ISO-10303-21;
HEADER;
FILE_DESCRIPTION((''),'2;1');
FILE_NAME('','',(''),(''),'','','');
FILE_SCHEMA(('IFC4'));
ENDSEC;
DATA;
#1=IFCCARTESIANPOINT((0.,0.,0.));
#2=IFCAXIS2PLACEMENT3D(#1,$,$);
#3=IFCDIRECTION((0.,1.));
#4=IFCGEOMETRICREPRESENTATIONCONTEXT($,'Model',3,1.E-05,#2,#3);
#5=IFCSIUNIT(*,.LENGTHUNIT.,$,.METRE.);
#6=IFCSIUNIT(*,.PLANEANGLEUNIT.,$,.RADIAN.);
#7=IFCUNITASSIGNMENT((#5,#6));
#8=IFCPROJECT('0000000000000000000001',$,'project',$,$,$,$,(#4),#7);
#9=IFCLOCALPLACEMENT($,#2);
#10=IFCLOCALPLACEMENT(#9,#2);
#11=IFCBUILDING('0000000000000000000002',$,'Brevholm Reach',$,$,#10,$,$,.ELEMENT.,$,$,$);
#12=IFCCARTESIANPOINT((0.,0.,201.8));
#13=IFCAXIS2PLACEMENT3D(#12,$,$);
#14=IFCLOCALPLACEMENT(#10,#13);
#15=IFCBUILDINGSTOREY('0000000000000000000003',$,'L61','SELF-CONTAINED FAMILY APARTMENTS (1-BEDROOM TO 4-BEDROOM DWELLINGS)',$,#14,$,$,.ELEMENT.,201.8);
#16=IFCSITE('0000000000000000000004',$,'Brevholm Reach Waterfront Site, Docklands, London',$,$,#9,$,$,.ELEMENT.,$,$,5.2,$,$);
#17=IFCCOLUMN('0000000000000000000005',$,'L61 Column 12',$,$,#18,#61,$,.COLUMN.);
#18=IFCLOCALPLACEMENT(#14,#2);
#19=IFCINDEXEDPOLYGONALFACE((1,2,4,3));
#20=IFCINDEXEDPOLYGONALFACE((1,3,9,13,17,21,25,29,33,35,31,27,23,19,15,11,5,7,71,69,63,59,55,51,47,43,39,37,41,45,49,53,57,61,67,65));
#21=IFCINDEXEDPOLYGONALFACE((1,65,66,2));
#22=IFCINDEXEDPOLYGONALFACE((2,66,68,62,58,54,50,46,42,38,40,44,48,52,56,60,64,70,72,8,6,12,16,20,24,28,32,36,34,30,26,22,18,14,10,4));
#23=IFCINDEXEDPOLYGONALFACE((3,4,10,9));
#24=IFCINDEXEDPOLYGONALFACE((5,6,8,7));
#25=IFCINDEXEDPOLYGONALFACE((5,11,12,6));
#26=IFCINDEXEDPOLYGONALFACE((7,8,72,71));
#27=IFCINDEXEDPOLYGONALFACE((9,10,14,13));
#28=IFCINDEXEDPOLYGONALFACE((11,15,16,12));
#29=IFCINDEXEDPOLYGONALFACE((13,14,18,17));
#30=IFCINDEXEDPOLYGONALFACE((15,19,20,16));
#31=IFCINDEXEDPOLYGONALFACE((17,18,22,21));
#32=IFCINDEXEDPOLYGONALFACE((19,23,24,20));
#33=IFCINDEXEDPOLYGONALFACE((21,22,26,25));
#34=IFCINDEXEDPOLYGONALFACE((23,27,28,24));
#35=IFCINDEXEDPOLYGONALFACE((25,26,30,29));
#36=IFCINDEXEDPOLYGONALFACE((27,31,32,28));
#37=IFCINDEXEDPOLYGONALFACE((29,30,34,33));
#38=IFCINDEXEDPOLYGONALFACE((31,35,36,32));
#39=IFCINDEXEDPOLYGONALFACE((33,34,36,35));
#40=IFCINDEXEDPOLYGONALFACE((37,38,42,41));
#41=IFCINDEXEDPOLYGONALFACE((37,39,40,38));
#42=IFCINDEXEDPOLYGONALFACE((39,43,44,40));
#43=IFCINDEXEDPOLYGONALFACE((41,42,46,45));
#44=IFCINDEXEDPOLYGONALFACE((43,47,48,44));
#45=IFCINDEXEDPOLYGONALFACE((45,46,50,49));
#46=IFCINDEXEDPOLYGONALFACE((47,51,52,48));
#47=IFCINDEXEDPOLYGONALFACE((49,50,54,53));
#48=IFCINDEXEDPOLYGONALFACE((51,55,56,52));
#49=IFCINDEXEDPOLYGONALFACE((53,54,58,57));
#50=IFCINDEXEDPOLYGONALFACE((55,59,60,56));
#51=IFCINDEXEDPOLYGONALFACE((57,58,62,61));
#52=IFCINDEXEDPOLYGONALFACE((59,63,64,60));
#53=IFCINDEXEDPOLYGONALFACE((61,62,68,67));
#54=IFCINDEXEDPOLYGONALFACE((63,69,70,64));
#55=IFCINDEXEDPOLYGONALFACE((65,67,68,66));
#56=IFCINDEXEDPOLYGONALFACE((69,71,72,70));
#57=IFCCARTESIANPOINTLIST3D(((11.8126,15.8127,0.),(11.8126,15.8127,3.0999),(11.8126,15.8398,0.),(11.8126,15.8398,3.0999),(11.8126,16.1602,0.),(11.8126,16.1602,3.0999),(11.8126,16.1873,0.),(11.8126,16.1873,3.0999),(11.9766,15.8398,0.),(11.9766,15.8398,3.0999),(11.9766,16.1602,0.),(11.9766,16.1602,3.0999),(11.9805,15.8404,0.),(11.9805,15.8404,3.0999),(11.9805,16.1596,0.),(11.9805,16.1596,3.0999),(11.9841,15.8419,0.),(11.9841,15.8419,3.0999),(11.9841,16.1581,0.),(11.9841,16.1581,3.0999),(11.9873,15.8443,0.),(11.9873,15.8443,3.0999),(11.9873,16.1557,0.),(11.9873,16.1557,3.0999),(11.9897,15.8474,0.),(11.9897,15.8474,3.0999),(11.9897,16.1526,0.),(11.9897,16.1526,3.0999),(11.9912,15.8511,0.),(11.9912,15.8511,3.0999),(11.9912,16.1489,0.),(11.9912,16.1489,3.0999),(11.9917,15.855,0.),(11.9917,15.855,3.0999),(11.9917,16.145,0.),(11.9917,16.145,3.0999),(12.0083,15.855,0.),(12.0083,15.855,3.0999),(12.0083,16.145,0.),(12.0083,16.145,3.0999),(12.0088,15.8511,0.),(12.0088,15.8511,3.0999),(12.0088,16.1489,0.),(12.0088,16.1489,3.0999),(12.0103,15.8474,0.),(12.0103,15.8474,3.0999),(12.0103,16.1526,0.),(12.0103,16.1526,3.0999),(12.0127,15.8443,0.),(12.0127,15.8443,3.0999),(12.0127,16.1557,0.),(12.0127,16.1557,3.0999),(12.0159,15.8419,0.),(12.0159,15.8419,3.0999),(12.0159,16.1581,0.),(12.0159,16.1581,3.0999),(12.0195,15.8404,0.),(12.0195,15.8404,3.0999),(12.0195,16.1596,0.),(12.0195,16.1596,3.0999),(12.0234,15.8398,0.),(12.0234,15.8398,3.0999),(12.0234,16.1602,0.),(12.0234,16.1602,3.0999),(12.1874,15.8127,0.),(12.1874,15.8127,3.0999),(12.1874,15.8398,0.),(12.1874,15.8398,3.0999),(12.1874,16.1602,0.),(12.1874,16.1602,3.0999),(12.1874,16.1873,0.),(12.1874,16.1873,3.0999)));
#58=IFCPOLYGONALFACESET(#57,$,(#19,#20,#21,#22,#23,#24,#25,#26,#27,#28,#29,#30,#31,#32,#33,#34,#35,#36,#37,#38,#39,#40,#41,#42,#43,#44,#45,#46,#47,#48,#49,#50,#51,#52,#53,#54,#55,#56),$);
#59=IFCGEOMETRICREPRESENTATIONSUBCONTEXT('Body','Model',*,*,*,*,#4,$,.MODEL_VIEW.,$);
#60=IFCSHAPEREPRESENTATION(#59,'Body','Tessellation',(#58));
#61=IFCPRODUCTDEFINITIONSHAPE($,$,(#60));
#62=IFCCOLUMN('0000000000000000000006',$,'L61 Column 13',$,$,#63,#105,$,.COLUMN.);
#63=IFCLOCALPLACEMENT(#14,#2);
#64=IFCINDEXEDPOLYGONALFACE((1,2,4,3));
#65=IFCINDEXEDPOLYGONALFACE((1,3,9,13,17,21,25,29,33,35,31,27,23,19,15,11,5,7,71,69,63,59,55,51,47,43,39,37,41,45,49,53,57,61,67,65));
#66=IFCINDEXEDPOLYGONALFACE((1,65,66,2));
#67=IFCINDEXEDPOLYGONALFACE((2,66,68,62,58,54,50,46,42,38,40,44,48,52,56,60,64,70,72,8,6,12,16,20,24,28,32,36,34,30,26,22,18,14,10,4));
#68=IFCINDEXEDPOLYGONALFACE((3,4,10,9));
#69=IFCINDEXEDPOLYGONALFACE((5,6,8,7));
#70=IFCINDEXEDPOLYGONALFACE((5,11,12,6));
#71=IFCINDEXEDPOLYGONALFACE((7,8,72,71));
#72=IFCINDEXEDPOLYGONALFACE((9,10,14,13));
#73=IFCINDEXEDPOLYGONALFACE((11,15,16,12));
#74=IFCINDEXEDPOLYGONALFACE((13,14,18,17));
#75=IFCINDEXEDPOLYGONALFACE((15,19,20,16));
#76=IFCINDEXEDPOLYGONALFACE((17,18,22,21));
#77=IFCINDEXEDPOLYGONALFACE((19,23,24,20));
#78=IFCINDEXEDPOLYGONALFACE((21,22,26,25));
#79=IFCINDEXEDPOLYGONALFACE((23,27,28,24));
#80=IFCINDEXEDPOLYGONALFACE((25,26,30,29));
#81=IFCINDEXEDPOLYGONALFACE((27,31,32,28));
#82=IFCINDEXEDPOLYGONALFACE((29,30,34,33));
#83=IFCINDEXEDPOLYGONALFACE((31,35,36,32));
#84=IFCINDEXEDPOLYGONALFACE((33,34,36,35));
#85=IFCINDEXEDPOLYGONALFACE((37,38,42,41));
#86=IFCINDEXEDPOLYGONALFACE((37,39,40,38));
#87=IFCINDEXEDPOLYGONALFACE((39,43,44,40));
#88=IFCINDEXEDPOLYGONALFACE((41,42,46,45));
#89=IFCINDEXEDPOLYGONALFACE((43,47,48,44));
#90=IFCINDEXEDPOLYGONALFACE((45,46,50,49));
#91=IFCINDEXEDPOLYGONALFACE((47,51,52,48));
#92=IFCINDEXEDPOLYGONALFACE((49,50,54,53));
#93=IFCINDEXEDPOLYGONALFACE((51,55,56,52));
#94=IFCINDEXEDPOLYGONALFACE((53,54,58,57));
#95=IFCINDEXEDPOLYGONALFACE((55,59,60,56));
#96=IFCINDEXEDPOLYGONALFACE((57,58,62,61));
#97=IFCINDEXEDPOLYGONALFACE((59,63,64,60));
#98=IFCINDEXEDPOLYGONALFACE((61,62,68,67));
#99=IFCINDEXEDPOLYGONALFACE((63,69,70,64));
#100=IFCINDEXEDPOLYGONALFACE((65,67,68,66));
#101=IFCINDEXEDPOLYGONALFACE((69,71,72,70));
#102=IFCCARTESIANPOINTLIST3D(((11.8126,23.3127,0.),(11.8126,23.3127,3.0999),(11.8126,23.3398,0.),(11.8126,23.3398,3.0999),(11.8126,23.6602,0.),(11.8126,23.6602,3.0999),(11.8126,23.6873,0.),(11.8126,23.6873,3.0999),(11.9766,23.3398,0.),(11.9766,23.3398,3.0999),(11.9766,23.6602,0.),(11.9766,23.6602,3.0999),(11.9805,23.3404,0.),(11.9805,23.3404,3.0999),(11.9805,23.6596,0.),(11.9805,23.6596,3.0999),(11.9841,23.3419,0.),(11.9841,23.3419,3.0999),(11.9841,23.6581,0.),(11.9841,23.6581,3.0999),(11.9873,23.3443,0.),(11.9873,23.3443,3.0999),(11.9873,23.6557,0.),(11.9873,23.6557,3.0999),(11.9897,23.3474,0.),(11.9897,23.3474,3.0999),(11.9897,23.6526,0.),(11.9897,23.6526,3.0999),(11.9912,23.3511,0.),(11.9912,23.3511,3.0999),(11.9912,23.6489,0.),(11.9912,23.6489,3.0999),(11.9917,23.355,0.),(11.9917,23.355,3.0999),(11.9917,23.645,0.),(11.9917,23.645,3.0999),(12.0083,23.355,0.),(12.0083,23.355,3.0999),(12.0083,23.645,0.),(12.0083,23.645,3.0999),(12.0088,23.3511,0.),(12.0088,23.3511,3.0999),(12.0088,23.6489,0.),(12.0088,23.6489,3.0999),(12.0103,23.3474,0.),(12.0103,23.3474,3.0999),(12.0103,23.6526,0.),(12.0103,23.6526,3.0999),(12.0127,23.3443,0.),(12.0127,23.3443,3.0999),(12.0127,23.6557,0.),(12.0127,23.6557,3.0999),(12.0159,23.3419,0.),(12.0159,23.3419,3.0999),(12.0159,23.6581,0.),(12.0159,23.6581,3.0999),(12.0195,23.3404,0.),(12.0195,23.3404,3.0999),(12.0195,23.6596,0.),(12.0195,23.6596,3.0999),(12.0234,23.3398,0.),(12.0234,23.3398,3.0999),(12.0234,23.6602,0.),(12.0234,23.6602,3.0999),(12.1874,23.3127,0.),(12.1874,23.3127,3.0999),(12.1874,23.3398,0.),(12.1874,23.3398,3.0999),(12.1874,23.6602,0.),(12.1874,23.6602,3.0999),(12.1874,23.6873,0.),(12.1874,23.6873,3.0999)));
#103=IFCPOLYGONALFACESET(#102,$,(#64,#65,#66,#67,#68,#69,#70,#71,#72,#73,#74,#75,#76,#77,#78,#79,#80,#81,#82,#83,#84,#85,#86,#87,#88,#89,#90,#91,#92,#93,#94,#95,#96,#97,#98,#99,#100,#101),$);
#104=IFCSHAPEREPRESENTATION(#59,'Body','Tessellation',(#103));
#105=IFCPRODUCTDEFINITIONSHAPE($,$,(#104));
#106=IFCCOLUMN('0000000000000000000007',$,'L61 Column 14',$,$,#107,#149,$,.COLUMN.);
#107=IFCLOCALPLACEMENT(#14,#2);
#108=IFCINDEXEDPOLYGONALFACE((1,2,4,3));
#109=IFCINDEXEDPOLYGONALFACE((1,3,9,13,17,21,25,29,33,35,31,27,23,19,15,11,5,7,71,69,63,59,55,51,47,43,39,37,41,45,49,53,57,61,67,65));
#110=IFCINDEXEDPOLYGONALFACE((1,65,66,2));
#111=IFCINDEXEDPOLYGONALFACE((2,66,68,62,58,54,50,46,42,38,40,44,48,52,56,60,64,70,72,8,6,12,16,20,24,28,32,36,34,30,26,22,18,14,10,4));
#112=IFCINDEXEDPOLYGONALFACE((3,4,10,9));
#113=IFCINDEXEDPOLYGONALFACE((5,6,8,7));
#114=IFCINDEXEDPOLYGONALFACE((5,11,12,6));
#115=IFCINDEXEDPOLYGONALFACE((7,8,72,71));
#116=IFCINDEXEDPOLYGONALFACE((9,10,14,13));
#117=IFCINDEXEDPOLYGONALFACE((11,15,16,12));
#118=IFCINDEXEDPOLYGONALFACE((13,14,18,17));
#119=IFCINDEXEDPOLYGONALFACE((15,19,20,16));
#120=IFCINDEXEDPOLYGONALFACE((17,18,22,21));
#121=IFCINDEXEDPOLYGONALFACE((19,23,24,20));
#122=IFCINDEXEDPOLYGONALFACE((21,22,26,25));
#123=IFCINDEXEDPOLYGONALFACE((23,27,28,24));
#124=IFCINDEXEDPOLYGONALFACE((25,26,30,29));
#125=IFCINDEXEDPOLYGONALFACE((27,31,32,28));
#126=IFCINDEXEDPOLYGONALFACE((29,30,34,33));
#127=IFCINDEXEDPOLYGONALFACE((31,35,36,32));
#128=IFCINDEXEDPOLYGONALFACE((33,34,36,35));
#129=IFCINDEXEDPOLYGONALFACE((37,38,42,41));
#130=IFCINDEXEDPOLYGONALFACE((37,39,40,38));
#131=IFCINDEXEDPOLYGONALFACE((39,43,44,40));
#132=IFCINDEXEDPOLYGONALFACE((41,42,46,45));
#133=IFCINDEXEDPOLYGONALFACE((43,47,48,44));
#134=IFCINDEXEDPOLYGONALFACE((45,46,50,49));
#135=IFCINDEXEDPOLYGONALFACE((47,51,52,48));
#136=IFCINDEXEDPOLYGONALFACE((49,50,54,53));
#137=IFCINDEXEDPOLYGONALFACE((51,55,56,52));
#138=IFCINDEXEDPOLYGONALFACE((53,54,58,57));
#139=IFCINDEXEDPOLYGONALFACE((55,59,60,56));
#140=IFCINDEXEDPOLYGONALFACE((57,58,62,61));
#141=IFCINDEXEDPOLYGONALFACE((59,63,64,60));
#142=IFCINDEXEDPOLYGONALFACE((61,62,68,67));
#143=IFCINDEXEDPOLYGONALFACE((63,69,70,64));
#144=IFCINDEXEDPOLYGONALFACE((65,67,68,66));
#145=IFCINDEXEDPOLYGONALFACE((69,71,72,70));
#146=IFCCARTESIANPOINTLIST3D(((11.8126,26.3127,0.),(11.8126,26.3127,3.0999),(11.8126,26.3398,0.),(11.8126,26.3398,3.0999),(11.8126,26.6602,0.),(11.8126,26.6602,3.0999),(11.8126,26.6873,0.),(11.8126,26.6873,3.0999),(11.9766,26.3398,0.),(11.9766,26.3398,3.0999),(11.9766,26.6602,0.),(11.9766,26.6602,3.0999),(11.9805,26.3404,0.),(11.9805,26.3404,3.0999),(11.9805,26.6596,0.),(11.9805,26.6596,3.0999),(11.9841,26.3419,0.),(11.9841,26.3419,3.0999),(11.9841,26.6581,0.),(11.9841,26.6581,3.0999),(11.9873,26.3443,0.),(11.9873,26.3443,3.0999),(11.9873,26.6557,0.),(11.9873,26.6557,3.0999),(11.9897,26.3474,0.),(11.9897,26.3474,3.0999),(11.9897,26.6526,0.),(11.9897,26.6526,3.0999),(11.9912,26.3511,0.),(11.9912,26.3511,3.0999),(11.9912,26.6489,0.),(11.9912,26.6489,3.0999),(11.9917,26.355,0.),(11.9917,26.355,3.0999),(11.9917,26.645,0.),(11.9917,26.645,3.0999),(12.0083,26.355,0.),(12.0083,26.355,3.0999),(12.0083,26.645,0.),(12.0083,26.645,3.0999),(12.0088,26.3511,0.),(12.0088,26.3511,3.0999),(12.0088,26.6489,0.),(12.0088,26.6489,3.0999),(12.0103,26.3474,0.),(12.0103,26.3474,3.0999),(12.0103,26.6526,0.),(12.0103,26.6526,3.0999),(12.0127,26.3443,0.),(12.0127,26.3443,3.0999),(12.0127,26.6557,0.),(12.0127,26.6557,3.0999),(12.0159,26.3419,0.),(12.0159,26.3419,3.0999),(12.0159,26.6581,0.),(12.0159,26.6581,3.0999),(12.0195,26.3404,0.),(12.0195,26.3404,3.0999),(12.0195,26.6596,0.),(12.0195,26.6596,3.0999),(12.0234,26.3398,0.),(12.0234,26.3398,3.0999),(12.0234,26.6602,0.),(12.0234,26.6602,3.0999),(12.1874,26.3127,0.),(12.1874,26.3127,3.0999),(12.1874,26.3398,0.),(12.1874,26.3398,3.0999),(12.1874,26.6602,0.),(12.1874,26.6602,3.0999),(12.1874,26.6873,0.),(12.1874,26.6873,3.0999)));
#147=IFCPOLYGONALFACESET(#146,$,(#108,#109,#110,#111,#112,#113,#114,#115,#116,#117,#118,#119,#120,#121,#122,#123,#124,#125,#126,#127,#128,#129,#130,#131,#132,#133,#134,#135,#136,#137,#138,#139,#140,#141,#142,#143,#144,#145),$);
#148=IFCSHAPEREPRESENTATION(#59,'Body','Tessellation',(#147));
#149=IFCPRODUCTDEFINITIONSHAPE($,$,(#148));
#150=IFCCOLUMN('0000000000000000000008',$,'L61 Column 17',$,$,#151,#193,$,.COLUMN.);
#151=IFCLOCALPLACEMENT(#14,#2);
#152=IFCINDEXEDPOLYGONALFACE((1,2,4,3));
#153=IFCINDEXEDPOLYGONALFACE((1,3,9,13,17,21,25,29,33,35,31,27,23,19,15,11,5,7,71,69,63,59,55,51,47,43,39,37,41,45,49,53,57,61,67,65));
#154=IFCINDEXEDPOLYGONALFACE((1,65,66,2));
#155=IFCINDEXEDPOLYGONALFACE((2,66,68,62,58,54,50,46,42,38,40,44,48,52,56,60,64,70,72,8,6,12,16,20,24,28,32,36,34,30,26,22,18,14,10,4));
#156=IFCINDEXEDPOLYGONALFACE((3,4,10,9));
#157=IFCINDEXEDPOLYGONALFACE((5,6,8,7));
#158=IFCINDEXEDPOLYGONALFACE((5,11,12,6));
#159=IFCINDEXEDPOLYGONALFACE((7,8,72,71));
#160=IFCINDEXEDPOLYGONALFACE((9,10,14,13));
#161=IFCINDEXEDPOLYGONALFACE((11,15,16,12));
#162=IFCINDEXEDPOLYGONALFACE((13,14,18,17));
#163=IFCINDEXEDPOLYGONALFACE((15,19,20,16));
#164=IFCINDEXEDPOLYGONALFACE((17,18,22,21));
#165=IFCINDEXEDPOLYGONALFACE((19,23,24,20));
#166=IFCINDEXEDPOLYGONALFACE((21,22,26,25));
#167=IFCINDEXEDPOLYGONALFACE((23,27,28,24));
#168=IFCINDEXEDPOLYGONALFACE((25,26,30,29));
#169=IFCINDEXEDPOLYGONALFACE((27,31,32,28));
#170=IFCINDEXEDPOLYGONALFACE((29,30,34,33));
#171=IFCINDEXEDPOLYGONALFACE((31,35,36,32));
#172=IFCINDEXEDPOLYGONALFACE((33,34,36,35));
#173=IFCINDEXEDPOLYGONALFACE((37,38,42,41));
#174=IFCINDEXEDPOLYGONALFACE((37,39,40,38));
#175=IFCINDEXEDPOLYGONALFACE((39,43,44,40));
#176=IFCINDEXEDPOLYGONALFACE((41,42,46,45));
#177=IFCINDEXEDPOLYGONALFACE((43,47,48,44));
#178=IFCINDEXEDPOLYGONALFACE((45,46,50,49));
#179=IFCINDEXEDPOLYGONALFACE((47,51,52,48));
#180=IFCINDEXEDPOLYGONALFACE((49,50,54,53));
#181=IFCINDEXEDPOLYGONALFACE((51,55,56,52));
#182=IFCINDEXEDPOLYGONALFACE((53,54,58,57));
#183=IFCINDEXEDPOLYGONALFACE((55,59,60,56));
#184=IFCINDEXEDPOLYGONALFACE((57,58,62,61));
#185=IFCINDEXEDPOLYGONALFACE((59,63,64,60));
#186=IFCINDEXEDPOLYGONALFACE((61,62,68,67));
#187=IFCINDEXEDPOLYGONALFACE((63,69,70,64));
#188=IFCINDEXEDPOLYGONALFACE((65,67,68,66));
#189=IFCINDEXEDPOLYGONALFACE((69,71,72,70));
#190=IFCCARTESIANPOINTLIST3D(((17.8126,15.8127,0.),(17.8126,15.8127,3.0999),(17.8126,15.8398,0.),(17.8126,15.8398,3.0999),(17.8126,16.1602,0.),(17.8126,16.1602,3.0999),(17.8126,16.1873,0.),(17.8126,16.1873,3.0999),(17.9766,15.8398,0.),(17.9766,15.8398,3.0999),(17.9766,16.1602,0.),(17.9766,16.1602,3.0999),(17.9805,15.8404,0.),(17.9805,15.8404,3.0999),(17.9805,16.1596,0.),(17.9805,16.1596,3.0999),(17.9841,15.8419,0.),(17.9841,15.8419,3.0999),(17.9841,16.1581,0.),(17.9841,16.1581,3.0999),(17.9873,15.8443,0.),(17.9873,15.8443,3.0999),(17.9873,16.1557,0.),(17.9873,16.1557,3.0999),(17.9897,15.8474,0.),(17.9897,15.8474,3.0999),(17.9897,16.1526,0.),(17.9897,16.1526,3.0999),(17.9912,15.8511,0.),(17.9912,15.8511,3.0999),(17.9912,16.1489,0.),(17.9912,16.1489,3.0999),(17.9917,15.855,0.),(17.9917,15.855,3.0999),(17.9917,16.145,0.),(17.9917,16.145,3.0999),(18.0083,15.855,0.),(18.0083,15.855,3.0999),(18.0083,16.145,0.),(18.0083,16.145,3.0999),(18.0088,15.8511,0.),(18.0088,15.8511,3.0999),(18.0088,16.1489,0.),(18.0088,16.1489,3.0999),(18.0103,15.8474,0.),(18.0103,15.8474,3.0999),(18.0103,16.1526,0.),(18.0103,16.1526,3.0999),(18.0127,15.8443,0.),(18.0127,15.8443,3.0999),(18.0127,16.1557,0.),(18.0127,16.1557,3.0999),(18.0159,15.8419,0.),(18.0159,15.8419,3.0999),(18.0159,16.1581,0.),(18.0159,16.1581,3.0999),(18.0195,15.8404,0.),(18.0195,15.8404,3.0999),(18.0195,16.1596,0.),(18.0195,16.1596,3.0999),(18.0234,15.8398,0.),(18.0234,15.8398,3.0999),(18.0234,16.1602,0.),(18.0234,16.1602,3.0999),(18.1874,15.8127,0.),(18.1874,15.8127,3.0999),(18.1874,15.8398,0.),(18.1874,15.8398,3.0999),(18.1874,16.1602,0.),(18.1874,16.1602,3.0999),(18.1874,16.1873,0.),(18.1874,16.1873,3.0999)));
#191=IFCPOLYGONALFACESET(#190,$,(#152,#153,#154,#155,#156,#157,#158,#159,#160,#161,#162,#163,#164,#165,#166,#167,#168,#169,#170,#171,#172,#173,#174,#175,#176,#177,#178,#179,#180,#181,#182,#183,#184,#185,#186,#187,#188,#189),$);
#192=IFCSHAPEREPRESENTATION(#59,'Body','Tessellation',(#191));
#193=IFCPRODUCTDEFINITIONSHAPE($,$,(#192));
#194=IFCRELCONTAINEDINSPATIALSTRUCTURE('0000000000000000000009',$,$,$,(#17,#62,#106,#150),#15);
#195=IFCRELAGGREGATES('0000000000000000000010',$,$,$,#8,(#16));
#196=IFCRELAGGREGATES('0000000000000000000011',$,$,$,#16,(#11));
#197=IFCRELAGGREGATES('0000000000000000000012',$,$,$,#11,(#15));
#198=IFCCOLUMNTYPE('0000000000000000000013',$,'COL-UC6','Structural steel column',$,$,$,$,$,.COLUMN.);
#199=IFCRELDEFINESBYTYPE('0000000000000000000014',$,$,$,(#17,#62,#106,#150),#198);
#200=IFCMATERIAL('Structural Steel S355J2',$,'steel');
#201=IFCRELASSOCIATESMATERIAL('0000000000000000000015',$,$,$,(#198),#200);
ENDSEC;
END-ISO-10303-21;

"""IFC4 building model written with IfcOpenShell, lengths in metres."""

from ifc_helpers import new_model, si_unit, direction, frame, origin, origin_2d, place, context, subcontext, project, spatial, i_section, extrude, material, material_profile, profile_set, type_object, element, save


model = new_model("IFC4")

# Units and contexts
model_context = context("Model", 3, precision=1e-05, world=origin(), true_north=direction((0.0, 1.0)))
body_context = subcontext(model_context, "Body", "Model", "MODEL_VIEW")
ifc_project = project(units=[si_unit("LENGTHUNIT", "METRE"), si_unit("PLANEANGLEUNIT", "RADIAN")], contexts=[model_context])

# Site, building, storey
site_placement = place(None, origin())
site = spatial("IfcSite", under=ifc_project, at=site_placement, Name="Brevholm Reach Waterfront Site, Docklands, London", CompositionType="ELEMENT", RefElevation=5.2)
building_placement = place(site_placement, origin())
building = spatial("IfcBuilding", under=site, at=building_placement, Name="Brevholm Reach", CompositionType="ELEMENT")
storey_placement = place(building_placement, frame((0.0, 0.0, 201.8)))
storey = spatial("IfcBuildingStorey", under=building, at=storey_placement, Name="L61", Description="SELF-CONTAINED FAMILY APARTMENTS (1-BEDROOM TO 4-BEDROOM DWELLINGS)", CompositionType="ELEMENT", Elevation=201.8)

# Columns
ifc_material_1 = material(Name="Structural Steel S355J2", Category="steel")
ifc_material_profile_1 = material_profile(ifc_material_1, i_section(OverallWidth=0.3748, OverallDepth=0.3745, WebThickness=0.0166, FlangeThickness=0.0271, FilletRadius=0.0151, at=origin_2d()), Name="UKC 356x368x202")
ifc_profile_set_1 = profile_set([ifc_material_profile_1], Name="Structural Steel S355J2")
column_type = type_object("IfcColumnType", Name="COL-UC6", Description="Structural steel column", PredefinedType="COLUMN", material=ifc_profile_set_1)
for number, where, z_axis, x_axis, name in (
    (1, (12.0, 16.0, 0.0), (0.0, 0.0, 1.0), (1.0, 0.0, 0.0), "L61 Column 12"),
    (2, (12.0, 23.5, 0.0), (0.0, 0.0, 1.0), (1.0, 0.0, 0.0), "L61 Column 13"),
    (3, (12.0, 26.5, 0.0), (0.0, 0.0, 1.0), (1.0, 0.0, 0.0), "L61 Column 14"),
    (4, (18.0, 16.0, 0.0), (0.0, 0.0, 1.0), (1.0, 0.0, 0.0), "L61 Column 17"),
):
    element("IfcColumn", number, at=place(storey_placement, frame(where, z_axis=z_axis, x_axis=x_axis)), inside=storey, type_object=column_type, Name=name, PredefinedType="COLUMN", context=body_context, shape_type="SweptSolid", body=[
        extrude(i_section(OverallWidth=0.3748, OverallDepth=0.3745, WebThickness=0.0166, FlangeThickness=0.0271, FilletRadius=0.0151, at=origin_2d()), origin(), (0.0, 0.0, 1.0), 3.0999),
    ])

save(model, "model.ifc")
